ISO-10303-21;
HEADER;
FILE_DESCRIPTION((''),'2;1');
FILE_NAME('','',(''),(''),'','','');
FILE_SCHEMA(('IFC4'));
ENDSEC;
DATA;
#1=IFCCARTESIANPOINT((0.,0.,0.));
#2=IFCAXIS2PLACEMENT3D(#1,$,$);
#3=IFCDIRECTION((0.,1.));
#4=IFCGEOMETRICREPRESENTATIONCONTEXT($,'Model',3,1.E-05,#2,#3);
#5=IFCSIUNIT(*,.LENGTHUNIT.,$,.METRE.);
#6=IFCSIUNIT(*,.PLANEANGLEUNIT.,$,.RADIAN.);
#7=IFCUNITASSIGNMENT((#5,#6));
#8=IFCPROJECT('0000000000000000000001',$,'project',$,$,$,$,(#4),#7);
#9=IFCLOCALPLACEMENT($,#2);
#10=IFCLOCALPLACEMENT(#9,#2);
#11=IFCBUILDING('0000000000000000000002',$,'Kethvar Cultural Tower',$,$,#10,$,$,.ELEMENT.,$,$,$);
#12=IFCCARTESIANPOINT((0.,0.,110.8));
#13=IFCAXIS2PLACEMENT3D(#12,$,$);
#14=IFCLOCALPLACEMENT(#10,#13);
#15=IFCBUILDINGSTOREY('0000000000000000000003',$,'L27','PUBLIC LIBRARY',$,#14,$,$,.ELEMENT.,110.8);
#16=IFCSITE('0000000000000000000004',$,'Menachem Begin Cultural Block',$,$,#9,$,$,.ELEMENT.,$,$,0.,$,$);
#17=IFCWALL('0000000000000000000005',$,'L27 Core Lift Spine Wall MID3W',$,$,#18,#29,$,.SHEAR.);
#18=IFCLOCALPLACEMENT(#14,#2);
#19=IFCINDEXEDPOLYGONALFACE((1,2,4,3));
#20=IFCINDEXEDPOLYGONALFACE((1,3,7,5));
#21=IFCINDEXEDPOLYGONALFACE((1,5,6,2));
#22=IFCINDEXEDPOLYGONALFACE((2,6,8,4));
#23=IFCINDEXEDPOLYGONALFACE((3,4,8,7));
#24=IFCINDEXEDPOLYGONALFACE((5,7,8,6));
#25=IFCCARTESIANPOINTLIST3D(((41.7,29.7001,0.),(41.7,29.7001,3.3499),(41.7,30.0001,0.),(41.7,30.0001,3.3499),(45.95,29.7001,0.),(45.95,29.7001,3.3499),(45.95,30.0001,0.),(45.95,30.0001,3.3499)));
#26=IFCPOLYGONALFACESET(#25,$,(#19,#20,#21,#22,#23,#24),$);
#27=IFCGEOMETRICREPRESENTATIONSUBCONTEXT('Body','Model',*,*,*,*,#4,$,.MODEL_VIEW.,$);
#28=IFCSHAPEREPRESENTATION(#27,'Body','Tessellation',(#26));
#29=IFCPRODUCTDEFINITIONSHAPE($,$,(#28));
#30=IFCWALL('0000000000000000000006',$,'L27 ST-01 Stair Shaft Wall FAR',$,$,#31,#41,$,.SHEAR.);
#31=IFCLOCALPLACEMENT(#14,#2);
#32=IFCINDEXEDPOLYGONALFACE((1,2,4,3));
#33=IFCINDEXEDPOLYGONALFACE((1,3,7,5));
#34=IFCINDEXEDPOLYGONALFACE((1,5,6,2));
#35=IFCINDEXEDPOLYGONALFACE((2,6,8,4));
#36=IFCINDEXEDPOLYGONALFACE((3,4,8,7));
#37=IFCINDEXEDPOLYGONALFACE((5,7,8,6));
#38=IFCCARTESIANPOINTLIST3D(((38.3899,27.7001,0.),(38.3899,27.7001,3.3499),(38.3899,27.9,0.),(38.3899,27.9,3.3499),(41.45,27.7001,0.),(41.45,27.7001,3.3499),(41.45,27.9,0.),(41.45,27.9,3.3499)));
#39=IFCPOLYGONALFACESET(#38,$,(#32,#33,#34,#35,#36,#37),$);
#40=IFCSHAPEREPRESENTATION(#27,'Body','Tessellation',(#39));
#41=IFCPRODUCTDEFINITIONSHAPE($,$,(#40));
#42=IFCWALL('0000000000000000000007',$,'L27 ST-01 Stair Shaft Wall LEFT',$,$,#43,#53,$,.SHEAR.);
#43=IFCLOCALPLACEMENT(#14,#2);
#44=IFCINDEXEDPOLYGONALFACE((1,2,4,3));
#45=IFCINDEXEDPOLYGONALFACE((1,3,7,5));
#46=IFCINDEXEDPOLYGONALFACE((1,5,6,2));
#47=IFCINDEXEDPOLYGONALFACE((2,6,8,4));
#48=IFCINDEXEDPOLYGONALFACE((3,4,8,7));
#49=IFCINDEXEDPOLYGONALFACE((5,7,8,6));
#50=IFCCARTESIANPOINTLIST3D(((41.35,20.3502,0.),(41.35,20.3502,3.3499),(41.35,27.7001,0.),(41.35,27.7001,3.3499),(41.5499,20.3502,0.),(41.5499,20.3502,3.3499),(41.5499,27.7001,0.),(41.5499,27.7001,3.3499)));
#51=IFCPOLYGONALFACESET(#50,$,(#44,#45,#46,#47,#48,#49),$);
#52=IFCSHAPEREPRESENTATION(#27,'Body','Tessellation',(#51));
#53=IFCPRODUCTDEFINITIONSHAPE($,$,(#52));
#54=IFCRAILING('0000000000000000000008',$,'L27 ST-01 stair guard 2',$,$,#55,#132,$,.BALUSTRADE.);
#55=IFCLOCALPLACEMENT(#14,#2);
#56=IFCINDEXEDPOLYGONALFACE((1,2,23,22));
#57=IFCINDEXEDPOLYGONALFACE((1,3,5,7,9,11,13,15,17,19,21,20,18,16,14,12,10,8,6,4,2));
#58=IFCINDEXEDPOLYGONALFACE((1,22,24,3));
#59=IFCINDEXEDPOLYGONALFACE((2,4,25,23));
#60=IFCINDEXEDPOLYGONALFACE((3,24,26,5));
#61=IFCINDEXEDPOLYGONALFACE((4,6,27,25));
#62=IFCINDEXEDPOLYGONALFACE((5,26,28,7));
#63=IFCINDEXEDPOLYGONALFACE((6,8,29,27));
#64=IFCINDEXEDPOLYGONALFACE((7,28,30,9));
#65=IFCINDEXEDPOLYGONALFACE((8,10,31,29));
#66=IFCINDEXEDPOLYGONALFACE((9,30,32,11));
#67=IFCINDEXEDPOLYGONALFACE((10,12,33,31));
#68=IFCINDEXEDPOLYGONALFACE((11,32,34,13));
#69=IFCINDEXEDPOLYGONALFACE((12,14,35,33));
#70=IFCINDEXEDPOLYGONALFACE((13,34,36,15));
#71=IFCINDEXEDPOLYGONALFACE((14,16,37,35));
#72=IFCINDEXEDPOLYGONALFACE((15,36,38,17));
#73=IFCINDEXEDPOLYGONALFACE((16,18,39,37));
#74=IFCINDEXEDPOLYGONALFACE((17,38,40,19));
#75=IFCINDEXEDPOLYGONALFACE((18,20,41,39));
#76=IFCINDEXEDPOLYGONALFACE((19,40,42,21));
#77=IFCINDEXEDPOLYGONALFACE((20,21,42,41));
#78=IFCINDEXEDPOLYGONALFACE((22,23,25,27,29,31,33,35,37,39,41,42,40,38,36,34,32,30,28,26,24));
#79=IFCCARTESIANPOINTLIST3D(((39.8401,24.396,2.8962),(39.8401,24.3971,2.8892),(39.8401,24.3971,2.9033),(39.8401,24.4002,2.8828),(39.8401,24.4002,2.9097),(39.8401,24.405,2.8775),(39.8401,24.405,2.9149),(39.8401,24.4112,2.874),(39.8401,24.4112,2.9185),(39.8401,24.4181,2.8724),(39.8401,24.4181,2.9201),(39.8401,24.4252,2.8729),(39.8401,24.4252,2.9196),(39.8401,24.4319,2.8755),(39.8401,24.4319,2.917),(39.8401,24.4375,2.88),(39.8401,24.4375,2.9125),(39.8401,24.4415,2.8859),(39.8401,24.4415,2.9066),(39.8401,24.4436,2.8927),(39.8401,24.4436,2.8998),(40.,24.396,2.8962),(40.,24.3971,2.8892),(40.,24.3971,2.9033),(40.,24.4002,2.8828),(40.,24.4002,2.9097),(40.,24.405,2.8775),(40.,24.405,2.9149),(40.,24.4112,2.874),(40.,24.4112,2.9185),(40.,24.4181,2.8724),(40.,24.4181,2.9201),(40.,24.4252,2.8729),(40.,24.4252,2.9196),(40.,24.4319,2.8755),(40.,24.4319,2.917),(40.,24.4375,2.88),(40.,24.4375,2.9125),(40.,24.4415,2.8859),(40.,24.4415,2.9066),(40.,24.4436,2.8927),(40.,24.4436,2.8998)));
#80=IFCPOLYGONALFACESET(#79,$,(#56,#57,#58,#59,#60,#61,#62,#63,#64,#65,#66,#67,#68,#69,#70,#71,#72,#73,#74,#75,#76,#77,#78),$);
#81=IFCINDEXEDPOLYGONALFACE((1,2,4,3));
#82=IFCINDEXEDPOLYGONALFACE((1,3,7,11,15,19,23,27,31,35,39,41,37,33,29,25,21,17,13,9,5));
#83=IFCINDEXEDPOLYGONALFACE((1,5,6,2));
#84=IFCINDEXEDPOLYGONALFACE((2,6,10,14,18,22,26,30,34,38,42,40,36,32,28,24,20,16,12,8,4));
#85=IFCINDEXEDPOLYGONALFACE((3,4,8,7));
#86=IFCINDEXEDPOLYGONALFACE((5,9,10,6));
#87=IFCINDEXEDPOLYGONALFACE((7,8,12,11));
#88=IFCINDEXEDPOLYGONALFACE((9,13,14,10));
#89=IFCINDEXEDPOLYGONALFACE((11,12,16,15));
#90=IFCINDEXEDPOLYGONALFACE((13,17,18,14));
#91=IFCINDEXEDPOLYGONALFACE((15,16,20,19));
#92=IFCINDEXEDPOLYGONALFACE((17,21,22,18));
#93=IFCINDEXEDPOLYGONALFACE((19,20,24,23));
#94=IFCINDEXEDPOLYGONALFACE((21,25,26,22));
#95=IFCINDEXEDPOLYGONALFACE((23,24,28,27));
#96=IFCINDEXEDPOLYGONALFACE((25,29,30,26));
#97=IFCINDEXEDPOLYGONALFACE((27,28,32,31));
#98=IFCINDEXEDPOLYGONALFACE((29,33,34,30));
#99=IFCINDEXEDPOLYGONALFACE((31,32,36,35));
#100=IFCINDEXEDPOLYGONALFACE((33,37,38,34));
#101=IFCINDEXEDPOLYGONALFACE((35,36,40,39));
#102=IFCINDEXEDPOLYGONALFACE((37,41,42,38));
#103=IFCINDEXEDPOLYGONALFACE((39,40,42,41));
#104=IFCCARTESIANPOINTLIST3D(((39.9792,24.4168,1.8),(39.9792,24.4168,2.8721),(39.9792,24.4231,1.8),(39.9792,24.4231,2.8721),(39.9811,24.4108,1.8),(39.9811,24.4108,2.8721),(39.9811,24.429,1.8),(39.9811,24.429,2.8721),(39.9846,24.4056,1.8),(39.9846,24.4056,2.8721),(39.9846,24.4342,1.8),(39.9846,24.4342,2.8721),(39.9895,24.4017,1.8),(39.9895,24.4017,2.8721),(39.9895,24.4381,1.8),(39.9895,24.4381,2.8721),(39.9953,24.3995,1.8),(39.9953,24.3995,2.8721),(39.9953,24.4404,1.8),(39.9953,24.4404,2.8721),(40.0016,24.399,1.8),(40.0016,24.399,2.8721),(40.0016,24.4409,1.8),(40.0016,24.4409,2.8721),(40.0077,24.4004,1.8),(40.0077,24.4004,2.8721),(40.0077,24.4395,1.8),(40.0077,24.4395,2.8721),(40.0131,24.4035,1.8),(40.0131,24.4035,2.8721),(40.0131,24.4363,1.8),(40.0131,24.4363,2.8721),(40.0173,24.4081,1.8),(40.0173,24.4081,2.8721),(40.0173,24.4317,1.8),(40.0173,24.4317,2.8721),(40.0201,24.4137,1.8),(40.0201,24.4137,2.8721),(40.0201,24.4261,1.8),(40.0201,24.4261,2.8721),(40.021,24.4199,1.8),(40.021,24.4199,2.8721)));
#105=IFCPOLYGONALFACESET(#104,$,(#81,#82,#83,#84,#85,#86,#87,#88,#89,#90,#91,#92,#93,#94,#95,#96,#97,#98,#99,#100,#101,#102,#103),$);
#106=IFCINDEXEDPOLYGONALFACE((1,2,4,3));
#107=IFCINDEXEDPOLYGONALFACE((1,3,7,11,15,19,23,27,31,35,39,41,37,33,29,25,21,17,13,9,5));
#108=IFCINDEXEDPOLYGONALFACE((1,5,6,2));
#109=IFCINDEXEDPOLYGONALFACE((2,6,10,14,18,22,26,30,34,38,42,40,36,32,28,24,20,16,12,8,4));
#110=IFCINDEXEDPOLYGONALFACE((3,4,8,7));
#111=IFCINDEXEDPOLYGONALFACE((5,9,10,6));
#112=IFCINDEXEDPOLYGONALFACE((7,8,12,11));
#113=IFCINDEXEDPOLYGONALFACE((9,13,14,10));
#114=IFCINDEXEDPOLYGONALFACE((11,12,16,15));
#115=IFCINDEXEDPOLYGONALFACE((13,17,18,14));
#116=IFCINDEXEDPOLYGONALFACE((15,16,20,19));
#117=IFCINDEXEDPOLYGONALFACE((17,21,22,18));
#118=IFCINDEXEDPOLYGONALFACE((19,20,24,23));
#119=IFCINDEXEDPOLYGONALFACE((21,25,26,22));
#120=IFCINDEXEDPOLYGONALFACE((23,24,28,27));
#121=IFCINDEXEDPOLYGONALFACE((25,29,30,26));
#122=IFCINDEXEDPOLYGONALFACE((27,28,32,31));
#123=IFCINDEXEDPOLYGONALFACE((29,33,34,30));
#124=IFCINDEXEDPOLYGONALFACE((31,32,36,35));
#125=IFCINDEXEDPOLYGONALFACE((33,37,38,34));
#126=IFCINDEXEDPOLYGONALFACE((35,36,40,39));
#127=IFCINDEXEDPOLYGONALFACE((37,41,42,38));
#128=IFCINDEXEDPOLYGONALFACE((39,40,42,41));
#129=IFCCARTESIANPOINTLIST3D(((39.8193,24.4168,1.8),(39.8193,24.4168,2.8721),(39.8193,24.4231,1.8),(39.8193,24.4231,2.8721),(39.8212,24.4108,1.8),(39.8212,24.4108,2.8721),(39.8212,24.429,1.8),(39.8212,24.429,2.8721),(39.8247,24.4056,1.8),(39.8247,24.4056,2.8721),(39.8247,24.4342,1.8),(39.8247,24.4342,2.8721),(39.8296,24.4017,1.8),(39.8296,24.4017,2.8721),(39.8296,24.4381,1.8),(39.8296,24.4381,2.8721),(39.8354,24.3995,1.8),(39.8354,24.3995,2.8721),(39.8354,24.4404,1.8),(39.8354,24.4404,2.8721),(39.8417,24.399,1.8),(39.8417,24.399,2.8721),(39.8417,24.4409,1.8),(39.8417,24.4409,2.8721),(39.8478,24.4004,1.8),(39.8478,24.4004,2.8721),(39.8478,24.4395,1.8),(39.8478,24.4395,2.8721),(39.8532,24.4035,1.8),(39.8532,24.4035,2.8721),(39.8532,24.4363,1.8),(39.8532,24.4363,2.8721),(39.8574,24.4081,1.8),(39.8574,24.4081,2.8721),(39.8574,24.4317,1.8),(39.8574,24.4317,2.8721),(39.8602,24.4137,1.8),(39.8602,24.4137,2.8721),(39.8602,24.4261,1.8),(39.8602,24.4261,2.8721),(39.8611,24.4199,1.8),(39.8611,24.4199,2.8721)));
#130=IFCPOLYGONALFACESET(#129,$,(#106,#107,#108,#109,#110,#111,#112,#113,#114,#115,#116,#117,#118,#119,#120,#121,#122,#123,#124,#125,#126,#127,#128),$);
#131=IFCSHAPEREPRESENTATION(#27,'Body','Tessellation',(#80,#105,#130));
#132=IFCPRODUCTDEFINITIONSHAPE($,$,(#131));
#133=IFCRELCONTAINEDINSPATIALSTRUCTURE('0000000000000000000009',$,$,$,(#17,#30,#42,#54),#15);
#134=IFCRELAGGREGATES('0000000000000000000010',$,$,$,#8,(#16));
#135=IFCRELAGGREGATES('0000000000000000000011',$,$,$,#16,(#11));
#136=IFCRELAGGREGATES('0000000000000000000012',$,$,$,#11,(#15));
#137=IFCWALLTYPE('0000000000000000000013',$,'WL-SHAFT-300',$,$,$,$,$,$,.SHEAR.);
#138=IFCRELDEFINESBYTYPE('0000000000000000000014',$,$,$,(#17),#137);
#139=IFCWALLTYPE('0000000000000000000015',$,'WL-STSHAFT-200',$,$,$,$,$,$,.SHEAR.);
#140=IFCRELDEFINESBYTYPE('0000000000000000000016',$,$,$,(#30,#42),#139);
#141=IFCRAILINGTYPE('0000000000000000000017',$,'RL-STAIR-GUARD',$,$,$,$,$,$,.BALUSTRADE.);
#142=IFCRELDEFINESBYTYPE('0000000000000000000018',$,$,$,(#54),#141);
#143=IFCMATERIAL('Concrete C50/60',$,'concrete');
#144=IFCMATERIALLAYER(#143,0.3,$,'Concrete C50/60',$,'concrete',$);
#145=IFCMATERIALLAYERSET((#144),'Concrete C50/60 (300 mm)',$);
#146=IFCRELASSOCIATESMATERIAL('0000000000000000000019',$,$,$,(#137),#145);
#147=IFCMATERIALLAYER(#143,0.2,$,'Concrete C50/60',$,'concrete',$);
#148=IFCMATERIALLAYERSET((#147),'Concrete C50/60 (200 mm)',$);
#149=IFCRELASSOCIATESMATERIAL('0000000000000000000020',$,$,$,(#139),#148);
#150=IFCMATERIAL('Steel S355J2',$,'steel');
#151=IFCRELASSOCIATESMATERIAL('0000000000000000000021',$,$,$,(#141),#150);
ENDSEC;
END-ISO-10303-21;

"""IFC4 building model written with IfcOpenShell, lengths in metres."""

from ifc_helpers import new_model, si_unit, direction, frame, frame_2d, origin, origin_2d, place, context, subcontext, project, spatial, rectangle, circle, extrude, material, layer, layer_set, type_object, element, save


model = new_model("IFC4")

# Units and contexts
model_context = context("Model", 3, precision=1e-05, world=origin(), true_north=direction((0.0, 1.0)))
body_context = subcontext(model_context, "Body", "Model", "MODEL_VIEW")
ifc_project = project(units=[si_unit("LENGTHUNIT", "METRE"), si_unit("PLANEANGLEUNIT", "RADIAN")], contexts=[model_context])

# Site, building, storey
site_placement = place(None, origin())
site = spatial("IfcSite", under=ifc_project, at=site_placement, Name="Menachem Begin Cultural Block", CompositionType="ELEMENT", RefElevation=0.0)
building_placement = place(site_placement, origin())
building = spatial("IfcBuilding", under=site, at=building_placement, Name="Kethvar Cultural Tower", CompositionType="ELEMENT")
storey_placement = place(building_placement, frame((0.0, 0.0, 110.8)))
storey = spatial("IfcBuildingStorey", under=building, at=storey_placement, Name="L27", Description="PUBLIC LIBRARY", CompositionType="ELEMENT", Elevation=110.8)

# Shared definitions
ifc_material_1 = material(Name="Steel S355J2", Category="steel")

# Walls
ifc_material_2 = material(Name="Concrete C50/60", Category="concrete")
ifc_layer_1 = layer(ifc_material_2, 0.3, Name="Concrete C50/60", Category="concrete")
ifc_layer_set_1 = layer_set([ifc_layer_1], Name="Concrete C50/60 (300 mm)")
wall_type_1 = type_object("IfcWallType", Name="WL-SHAFT-300", PredefinedType="SHEAR", material=ifc_layer_set_1)
for number, where, z_axis, x_axis, name in (
    (1, (41.7, 29.8501, 0.0), (0.0, 0.0, 1.0), (1.0, 0.0, 0.0), "L27 Core Lift Spine Wall MID3W"),
):
    element("IfcWall", number, at=place(storey_placement, frame(where, z_axis=z_axis, x_axis=x_axis)), inside=storey, type_object=wall_type_1, Name=name, PredefinedType="SHEAR", context=body_context, shape_type="SweptSolid", body=[
        extrude(rectangle(XDim=4.25, YDim=0.3, at=frame_2d((2.125, 0.0))), origin(), (0.0, 0.0, 1.0), 3.3499),
    ])
ifc_layer_2 = layer(ifc_material_2, 0.2, Name="Concrete C50/60", Category="concrete")
ifc_layer_set_2 = layer_set([ifc_layer_2], Name="Concrete C50/60 (200 mm)")
wall_type_2 = type_object("IfcWallType", Name="WL-STSHAFT-200", PredefinedType="SHEAR", material=ifc_layer_set_2)
wall_1_placement = place(storey_placement, frame((38.3899, 27.8, 0.0), z_axis=(0.0, 0.0, 1.0), x_axis=(1.0, 0.0, 0.0)))
element("IfcWall", 2, at=wall_1_placement, inside=storey, type_object=wall_type_2, Name="L27 ST-01 Stair Shaft Wall FAR", PredefinedType="SHEAR", context=body_context, shape_type="SweptSolid", body=[
    extrude(rectangle(XDim=3.0601, YDim=0.2, at=frame_2d((1.53, 0.0))), origin(), (0.0, 0.0, 1.0), 3.3499),
])
wall_2_placement = place(storey_placement, frame((41.45, 27.7, 0.0), z_axis=(0.0, 0.0, 1.0), x_axis=(0.0, -1.0, 0.0)))
element("IfcWall", 3, at=wall_2_placement, inside=storey, type_object=wall_type_2, Name="L27 ST-01 Stair Shaft Wall LEFT", PredefinedType="SHEAR", context=body_context, shape_type="SweptSolid", body=[
    extrude(rectangle(XDim=7.3499, YDim=0.2, at=frame_2d((3.6748, 0.0))), origin(), (0.0, 0.0, 1.0), 3.3499),
])

# Railing
railing_type = type_object("IfcRailingType", Name="RL-STAIR-GUARD", PredefinedType="BALUSTRADE", material=ifc_material_1)
railing_1_placement = place(storey_placement, frame((40.0, 24.4199, 1.8)))
element("IfcRailing", 4, at=railing_1_placement, inside=storey, type_object=railing_type, Name="L27 ST-01 stair guard 2", PredefinedType="BALUSTRADE", context=body_context, shape_type="SweptSolid", body=[
    extrude(circle(Radius=0.0239, at=origin_2d()), frame((0.0, 0.0, 1.0962), z_axis=(-1.0, 0.0, 0.0), x_axis=(0.0, -1.0, 0.0)), (0.0, 0.0, 1.0), 0.1599),
    extrude(circle(Radius=0.021, at=origin_2d()), origin(), (0.0, 0.0, 1.0), 1.072),
    extrude(circle(Radius=0.021, at=origin_2d()), frame((-0.1599, 0.0, 0.0)), (0.0, 0.0, 1.0), 1.072),
])

save(model, "model.ifc")
